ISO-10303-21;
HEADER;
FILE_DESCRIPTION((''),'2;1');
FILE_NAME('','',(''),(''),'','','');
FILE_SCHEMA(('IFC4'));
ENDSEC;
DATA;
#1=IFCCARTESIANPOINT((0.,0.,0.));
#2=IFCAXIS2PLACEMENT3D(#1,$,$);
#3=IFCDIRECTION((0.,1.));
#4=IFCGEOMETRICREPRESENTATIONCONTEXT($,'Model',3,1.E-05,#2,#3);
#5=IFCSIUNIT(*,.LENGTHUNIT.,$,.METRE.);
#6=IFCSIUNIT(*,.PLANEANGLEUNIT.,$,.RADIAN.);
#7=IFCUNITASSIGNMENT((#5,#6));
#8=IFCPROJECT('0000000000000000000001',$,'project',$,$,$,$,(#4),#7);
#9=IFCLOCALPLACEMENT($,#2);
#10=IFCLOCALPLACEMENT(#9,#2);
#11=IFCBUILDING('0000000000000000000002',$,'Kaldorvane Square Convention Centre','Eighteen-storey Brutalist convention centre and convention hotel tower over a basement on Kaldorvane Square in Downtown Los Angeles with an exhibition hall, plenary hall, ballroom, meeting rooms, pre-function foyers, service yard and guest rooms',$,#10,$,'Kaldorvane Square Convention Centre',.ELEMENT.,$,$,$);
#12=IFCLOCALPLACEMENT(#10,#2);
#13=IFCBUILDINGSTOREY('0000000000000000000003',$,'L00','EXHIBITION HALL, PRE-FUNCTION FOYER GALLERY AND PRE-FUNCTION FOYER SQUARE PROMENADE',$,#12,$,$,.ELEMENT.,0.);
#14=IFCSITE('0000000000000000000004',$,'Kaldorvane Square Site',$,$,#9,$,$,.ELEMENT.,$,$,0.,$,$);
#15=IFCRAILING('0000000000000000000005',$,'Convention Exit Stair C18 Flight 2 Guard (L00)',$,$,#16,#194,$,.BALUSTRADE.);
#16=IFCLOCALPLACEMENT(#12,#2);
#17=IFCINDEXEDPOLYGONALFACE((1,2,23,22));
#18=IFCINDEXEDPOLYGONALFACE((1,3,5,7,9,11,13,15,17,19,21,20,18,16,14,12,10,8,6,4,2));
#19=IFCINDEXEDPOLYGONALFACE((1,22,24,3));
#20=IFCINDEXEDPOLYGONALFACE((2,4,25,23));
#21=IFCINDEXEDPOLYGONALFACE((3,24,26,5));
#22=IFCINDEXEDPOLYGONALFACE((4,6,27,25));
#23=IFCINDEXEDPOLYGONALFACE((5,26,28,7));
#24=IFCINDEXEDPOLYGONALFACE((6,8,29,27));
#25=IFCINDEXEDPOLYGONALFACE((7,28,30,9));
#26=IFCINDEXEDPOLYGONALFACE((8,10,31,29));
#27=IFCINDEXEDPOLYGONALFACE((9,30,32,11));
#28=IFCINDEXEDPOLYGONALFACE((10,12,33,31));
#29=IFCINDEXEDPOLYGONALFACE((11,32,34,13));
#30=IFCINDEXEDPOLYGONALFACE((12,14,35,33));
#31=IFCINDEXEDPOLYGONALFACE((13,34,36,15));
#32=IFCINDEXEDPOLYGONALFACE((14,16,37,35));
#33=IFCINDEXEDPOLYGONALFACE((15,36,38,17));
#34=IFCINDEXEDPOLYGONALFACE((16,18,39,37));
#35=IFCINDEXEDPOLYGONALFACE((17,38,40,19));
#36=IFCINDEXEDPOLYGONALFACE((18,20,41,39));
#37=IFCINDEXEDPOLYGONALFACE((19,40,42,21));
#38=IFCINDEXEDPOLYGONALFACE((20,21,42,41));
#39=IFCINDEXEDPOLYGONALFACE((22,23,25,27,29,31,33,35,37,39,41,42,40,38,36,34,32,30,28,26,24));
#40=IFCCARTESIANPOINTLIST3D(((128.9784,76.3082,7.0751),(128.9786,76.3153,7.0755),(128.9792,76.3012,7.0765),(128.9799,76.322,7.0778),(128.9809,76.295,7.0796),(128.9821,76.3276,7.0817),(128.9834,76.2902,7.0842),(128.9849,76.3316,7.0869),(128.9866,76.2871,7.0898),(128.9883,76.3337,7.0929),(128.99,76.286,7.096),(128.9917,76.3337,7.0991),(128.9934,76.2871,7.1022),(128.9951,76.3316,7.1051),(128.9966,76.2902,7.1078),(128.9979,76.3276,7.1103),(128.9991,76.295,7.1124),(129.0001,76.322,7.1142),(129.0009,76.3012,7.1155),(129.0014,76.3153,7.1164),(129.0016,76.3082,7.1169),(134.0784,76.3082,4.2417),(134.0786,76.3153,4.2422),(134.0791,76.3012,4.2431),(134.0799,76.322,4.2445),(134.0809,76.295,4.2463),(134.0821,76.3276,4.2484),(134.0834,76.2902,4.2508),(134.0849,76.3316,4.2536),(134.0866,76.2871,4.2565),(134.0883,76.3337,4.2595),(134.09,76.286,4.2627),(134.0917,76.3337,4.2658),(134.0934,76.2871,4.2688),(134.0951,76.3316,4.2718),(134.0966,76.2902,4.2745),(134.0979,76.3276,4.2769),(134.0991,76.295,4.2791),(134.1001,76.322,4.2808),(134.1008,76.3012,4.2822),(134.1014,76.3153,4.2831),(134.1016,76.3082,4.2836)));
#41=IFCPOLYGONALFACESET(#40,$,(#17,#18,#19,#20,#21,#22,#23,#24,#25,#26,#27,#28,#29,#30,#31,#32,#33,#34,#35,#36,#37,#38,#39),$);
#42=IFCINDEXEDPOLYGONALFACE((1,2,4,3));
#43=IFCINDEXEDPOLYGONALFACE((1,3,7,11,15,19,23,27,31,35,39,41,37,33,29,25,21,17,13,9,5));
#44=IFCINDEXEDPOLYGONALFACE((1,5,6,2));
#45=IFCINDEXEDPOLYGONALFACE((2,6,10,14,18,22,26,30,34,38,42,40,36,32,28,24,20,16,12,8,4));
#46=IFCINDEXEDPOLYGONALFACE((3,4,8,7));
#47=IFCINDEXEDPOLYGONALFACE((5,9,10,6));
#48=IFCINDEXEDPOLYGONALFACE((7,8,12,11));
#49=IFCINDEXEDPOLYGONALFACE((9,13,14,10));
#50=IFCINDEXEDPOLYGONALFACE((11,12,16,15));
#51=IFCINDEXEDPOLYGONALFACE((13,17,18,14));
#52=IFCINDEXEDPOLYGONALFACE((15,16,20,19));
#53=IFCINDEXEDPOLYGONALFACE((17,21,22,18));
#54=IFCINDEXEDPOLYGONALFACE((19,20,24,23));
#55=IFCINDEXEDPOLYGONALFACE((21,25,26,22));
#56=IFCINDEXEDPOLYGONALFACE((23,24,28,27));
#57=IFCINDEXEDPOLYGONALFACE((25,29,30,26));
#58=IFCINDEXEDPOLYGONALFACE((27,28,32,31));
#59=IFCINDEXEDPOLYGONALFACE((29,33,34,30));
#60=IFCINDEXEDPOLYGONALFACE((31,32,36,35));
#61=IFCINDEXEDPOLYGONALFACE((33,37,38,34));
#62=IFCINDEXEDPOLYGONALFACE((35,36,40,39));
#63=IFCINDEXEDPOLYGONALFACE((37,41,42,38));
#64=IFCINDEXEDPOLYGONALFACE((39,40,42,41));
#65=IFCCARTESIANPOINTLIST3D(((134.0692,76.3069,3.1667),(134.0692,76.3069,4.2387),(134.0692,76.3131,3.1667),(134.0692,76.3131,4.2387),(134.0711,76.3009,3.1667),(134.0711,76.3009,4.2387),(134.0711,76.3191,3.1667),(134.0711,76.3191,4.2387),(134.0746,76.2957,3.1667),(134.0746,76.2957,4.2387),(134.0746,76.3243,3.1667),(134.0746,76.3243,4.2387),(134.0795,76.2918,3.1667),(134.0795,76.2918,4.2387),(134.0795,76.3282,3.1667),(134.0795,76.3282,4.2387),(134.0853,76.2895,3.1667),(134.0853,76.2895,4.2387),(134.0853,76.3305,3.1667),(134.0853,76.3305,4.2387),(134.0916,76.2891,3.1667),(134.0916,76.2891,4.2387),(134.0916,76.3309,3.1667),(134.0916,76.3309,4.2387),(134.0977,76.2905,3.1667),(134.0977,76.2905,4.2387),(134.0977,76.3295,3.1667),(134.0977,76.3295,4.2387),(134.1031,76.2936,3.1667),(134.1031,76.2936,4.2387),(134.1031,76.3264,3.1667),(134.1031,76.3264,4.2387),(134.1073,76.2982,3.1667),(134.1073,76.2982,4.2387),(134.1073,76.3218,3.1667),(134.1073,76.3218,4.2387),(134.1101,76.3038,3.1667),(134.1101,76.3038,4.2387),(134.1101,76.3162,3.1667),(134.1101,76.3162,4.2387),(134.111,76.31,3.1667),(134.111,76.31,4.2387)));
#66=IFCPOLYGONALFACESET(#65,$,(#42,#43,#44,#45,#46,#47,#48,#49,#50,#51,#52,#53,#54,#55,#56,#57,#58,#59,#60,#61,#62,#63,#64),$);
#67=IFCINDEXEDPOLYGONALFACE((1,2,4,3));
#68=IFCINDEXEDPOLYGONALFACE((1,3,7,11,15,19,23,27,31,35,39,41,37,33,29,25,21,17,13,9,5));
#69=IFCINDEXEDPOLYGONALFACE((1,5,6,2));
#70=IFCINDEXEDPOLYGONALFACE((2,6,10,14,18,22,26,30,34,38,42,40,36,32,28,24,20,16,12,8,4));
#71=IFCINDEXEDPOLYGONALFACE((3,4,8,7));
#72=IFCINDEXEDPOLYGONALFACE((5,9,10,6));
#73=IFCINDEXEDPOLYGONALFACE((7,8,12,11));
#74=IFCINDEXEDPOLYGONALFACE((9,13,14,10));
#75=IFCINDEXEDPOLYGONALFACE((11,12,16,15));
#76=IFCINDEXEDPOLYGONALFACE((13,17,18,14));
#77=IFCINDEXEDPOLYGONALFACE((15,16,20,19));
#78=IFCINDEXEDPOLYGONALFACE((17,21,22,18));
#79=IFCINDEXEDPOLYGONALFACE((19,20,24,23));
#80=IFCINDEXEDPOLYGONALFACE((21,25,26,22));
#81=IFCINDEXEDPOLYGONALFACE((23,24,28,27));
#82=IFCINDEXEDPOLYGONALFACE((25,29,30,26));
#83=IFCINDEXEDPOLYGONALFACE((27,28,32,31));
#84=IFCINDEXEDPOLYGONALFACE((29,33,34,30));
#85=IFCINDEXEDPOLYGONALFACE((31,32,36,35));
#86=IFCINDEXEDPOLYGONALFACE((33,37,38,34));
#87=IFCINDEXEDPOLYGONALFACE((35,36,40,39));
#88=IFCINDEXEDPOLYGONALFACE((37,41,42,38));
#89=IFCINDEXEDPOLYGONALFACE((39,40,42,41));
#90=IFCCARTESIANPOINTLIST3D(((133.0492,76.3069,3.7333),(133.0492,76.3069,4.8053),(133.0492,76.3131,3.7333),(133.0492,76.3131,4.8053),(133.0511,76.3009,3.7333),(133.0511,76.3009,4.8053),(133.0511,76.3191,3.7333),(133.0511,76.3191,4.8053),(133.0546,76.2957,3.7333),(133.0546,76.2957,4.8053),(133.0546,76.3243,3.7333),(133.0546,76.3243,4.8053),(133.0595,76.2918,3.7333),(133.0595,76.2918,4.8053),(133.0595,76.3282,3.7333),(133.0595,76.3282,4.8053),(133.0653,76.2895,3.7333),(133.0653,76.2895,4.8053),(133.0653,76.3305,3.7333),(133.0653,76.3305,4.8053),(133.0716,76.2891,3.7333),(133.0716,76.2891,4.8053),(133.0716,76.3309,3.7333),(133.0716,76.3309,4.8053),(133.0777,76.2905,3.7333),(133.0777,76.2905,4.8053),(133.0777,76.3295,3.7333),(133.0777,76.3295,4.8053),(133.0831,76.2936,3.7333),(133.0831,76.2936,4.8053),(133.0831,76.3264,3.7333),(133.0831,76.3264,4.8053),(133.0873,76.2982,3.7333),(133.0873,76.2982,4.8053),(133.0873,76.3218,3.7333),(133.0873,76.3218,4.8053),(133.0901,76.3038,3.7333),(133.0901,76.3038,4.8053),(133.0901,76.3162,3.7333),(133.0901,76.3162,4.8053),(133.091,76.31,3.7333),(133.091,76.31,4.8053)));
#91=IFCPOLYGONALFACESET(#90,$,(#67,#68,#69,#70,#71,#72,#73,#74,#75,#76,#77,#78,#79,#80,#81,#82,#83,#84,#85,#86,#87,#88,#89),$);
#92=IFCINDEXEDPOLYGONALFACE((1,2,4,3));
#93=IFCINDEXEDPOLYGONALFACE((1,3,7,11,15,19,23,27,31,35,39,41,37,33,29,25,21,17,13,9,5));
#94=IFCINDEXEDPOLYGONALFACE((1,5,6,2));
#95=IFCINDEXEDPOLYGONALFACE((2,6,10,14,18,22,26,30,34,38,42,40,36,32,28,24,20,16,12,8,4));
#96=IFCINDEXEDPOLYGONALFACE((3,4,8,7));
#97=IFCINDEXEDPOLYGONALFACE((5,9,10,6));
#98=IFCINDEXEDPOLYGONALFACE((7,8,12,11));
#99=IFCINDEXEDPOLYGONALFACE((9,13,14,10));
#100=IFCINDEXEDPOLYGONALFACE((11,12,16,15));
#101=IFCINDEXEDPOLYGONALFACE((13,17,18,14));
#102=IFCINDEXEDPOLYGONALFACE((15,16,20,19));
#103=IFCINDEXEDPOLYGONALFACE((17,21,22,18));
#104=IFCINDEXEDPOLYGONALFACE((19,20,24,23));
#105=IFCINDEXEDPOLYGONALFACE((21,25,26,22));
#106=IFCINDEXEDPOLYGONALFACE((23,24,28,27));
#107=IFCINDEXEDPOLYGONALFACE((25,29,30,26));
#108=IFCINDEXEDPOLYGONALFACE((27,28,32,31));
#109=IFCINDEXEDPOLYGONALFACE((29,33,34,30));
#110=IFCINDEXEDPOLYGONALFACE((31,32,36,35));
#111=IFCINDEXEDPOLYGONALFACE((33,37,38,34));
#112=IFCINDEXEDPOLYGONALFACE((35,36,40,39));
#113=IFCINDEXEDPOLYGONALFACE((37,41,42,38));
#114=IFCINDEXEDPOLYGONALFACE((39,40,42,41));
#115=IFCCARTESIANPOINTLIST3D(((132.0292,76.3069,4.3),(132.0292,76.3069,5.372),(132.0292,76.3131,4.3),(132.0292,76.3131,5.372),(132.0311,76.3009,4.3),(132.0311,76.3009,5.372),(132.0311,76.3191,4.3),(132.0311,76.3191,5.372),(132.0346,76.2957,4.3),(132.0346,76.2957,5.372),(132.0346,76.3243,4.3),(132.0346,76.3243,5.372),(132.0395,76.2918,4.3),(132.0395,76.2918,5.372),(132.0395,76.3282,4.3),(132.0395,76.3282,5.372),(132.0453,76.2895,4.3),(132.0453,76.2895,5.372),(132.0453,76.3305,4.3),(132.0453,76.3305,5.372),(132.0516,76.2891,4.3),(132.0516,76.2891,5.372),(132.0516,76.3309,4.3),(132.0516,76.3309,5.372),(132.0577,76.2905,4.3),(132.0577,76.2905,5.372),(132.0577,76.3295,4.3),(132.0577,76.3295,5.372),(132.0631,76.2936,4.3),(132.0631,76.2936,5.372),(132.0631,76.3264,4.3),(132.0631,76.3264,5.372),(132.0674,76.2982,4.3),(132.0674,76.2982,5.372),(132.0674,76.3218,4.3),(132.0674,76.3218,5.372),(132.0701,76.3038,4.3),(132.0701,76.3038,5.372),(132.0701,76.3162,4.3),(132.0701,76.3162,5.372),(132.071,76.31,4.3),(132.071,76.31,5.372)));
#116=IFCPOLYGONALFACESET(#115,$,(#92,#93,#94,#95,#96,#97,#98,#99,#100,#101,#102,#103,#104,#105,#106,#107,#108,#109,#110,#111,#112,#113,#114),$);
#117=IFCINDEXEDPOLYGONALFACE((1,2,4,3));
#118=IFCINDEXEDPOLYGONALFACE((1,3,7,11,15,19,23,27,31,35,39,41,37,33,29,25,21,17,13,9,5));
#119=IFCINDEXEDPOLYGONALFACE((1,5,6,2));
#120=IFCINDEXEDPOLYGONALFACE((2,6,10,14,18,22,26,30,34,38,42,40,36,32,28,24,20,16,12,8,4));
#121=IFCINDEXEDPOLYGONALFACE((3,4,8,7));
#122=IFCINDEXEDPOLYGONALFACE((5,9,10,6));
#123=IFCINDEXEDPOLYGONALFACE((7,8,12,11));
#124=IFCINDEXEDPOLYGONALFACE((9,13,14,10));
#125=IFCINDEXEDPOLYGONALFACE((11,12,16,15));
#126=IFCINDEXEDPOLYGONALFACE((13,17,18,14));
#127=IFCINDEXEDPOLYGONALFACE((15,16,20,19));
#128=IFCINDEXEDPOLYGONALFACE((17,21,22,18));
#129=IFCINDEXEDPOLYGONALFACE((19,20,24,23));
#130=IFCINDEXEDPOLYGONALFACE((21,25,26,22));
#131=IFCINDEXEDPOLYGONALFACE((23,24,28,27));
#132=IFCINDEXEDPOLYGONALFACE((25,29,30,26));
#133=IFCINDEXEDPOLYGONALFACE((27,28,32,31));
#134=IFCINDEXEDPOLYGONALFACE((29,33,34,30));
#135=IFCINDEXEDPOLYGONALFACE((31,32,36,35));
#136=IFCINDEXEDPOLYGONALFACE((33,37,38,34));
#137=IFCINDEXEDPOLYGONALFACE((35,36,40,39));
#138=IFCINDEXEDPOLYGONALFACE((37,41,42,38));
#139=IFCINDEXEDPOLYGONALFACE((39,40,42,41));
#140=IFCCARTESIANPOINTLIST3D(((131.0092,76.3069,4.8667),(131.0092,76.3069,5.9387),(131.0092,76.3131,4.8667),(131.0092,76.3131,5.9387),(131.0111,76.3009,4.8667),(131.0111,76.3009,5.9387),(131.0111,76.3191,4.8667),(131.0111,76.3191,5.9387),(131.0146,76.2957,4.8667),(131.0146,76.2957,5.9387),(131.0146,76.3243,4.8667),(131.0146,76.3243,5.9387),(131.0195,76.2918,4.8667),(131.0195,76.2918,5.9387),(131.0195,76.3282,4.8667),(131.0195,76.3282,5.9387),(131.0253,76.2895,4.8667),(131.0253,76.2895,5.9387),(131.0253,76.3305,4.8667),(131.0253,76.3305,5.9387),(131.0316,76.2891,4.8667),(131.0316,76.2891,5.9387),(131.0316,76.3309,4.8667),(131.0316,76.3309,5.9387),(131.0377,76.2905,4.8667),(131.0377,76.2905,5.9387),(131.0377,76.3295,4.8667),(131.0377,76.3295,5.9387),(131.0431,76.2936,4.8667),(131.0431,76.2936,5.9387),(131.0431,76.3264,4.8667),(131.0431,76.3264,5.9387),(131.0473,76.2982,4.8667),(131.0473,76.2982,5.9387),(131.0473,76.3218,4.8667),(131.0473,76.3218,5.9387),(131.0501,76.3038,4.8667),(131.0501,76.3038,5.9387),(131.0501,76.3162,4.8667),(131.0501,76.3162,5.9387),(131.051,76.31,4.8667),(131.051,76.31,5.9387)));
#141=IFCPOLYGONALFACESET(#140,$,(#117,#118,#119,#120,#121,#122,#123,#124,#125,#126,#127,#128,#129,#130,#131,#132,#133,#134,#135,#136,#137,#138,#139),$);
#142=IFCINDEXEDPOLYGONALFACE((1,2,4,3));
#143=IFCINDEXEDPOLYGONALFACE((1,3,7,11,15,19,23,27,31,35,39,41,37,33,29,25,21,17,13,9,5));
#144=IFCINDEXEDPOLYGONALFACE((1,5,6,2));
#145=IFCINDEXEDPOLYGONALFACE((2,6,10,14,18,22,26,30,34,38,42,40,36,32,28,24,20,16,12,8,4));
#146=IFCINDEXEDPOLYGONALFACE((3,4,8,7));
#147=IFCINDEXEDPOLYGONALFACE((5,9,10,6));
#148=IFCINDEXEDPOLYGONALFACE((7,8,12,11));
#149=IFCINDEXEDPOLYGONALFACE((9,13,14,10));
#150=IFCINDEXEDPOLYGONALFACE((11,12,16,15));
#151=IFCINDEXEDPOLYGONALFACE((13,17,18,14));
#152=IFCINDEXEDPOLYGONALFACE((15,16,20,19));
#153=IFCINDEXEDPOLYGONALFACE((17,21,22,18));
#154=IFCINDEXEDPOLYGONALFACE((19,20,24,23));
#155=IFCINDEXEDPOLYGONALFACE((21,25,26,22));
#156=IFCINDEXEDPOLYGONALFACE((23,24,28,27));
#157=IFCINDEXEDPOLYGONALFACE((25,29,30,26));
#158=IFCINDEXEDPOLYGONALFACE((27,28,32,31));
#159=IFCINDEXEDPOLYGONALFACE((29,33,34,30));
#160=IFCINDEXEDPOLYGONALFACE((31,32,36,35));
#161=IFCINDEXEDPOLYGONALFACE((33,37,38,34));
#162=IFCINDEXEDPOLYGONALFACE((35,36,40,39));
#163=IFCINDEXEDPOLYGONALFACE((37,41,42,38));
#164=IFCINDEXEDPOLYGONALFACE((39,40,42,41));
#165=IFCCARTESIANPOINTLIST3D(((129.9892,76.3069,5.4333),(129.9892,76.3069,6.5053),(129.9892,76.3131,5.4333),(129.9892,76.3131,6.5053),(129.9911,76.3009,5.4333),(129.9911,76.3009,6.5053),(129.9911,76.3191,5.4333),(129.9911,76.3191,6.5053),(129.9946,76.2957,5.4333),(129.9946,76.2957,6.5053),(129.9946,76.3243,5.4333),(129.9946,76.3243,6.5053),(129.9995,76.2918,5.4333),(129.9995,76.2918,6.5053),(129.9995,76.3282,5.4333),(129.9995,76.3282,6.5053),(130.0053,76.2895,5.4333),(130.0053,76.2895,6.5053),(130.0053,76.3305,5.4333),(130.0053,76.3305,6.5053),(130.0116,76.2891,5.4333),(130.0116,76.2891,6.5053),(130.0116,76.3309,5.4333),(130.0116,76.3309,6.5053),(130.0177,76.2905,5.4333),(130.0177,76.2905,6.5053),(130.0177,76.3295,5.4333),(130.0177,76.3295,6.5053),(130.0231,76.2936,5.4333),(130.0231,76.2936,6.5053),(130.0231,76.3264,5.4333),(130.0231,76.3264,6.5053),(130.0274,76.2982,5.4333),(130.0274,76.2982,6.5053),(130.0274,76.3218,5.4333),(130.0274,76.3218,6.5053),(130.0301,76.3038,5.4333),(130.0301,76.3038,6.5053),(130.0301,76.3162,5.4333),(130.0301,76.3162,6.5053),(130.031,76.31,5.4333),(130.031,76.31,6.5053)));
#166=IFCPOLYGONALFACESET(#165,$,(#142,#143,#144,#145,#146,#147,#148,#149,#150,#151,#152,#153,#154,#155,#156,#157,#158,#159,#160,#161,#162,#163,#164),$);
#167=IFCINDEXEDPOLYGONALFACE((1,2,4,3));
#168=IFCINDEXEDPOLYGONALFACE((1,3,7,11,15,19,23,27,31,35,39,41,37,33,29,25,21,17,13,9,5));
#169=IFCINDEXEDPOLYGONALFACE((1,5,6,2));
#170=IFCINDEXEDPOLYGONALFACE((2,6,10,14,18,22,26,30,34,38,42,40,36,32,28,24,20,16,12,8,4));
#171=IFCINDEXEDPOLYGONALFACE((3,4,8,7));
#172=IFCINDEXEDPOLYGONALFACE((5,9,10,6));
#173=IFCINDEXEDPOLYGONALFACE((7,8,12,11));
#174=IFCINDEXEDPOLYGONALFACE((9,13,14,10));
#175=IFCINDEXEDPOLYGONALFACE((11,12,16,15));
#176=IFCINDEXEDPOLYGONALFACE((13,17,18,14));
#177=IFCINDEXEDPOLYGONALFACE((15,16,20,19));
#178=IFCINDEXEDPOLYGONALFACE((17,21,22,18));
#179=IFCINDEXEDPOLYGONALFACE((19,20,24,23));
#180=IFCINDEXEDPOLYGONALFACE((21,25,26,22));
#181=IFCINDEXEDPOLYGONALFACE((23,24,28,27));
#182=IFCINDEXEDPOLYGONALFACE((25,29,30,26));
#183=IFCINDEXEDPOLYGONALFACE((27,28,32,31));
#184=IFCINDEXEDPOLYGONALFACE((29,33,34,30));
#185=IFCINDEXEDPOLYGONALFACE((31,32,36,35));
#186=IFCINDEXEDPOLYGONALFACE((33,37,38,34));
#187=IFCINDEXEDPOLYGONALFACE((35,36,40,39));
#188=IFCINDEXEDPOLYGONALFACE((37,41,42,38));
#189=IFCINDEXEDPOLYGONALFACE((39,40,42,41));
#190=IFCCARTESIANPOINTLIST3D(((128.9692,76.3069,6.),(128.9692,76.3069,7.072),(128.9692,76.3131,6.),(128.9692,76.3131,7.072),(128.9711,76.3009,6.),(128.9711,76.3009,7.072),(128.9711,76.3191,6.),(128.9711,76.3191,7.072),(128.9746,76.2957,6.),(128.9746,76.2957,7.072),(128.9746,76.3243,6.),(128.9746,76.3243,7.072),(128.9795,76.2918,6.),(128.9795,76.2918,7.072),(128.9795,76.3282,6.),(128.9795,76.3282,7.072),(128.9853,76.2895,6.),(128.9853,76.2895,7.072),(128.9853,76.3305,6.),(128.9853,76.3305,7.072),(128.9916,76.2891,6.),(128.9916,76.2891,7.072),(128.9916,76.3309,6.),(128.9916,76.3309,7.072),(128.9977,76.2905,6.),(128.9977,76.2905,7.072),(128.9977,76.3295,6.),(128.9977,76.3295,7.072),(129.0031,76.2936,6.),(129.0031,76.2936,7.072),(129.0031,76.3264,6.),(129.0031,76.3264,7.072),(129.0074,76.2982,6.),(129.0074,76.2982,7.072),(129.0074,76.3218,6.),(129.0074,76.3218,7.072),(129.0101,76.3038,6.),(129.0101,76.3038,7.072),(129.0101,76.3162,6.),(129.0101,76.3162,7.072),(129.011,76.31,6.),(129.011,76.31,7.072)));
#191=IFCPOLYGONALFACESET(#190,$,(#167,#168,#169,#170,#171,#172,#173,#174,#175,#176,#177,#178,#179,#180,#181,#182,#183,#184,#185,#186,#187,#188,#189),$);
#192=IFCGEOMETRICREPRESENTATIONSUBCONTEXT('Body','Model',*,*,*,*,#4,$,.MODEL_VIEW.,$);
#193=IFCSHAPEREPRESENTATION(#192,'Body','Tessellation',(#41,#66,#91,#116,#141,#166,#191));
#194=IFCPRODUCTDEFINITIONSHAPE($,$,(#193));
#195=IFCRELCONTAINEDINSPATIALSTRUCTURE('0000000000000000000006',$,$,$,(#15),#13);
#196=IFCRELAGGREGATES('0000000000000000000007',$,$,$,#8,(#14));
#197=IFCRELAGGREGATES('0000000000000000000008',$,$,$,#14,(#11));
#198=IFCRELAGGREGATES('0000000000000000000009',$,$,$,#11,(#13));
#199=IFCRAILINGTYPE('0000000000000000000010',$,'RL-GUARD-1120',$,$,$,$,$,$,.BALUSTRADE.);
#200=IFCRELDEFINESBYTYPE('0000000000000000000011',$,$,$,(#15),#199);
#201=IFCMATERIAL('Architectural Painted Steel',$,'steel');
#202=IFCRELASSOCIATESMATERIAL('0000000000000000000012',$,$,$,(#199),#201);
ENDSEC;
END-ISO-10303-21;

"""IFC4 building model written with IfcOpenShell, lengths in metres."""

from ifc_helpers import new_model, si_unit, direction, frame, origin, origin_2d, place, context, subcontext, project, spatial, circle, extrude, material, type_object, element, save


model = new_model("IFC4")

# Units and contexts
model_context = context("Model", 3, precision=1e-05, world=origin(), true_north=direction((0.0, 1.0)))
body_context = subcontext(model_context, "Body", "Model", "MODEL_VIEW")
ifc_project = project(units=[si_unit("LENGTHUNIT", "METRE"), si_unit("PLANEANGLEUNIT", "RADIAN")], contexts=[model_context])

# Site, building, storey
site_placement = place(None, origin())
site = spatial("IfcSite", under=ifc_project, at=site_placement, Name="Kaldorvane Square Site", CompositionType="ELEMENT", RefElevation=0.0)
building_placement = place(site_placement, origin())
building = spatial("IfcBuilding", under=site, at=building_placement, Name="Kaldorvane Square Convention Centre", Description="Eighteen-storey Brutalist convention centre and convention hotel tower over a basement on Kaldorvane Square in Downtown Los Angeles with an exhibition hall, plenary hall, ballroom, meeting rooms, pre-function foyers, service yard and guest rooms", LongName="Kaldorvane Square Convention Centre", CompositionType="ELEMENT")
storey_placement = place(building_placement, origin())
storey = spatial("IfcBuildingStorey", under=building, at=storey_placement, Name="L00", Description="EXHIBITION HALL, PRE-FUNCTION FOYER GALLERY AND PRE-FUNCTION FOYER SQUARE PROMENADE", CompositionType="ELEMENT", Elevation=0.0)

# Railing
ifc_material_1 = material(Name="Architectural Painted Steel", Category="steel")
railing_type_1 = type_object("IfcRailingType", Name="RL-GUARD-1120", PredefinedType="BALUSTRADE", material=ifc_material_1)
railing_1_placement = place(storey_placement, frame((134.09, 76.31, 3.1667)))
element("IfcRailing", 1, at=railing_1_placement, inside=storey, type_object=railing_type_1, Name="Convention Exit Stair C18 Flight 2 Guard (L00)", PredefinedType="BALUSTRADE", context=body_context, shape_type="SweptSolid", body=[
    extrude(circle(Radius=0.024, at=origin_2d()), frame((0.0, 0.0, 1.096), z_axis=(-0.874157, 0.0, 0.485643), x_axis=(0.0, -1.0, 0.0)), (0.0, 0.0, 1.0), 5.8342),
    extrude(circle(Radius=0.021, at=origin_2d()), origin(), (0.0, 0.0, 1.0), 1.072),
    extrude(circle(Radius=0.021, at=origin_2d()), frame((-1.02, 0.0, 0.5667)), (0.0, 0.0, 1.0), 1.072),
    extrude(circle(Radius=0.021, at=origin_2d()), frame((-2.04, 0.0, 1.1333)), (0.0, 0.0, 1.0), 1.072),
    extrude(circle(Radius=0.021, at=origin_2d()), frame((-3.06, 0.0, 1.7)), (0.0, 0.0, 1.0), 1.072),
    extrude(circle(Radius=0.021, at=origin_2d()), frame((-4.08, 0.0, 2.2667)), (0.0, 0.0, 1.0), 1.072),
    extrude(circle(Radius=0.021, at=origin_2d()), frame((-5.1, 0.0, 2.8333)), (0.0, 0.0, 1.0), 1.072),
])

save(model, "model.ifc")
